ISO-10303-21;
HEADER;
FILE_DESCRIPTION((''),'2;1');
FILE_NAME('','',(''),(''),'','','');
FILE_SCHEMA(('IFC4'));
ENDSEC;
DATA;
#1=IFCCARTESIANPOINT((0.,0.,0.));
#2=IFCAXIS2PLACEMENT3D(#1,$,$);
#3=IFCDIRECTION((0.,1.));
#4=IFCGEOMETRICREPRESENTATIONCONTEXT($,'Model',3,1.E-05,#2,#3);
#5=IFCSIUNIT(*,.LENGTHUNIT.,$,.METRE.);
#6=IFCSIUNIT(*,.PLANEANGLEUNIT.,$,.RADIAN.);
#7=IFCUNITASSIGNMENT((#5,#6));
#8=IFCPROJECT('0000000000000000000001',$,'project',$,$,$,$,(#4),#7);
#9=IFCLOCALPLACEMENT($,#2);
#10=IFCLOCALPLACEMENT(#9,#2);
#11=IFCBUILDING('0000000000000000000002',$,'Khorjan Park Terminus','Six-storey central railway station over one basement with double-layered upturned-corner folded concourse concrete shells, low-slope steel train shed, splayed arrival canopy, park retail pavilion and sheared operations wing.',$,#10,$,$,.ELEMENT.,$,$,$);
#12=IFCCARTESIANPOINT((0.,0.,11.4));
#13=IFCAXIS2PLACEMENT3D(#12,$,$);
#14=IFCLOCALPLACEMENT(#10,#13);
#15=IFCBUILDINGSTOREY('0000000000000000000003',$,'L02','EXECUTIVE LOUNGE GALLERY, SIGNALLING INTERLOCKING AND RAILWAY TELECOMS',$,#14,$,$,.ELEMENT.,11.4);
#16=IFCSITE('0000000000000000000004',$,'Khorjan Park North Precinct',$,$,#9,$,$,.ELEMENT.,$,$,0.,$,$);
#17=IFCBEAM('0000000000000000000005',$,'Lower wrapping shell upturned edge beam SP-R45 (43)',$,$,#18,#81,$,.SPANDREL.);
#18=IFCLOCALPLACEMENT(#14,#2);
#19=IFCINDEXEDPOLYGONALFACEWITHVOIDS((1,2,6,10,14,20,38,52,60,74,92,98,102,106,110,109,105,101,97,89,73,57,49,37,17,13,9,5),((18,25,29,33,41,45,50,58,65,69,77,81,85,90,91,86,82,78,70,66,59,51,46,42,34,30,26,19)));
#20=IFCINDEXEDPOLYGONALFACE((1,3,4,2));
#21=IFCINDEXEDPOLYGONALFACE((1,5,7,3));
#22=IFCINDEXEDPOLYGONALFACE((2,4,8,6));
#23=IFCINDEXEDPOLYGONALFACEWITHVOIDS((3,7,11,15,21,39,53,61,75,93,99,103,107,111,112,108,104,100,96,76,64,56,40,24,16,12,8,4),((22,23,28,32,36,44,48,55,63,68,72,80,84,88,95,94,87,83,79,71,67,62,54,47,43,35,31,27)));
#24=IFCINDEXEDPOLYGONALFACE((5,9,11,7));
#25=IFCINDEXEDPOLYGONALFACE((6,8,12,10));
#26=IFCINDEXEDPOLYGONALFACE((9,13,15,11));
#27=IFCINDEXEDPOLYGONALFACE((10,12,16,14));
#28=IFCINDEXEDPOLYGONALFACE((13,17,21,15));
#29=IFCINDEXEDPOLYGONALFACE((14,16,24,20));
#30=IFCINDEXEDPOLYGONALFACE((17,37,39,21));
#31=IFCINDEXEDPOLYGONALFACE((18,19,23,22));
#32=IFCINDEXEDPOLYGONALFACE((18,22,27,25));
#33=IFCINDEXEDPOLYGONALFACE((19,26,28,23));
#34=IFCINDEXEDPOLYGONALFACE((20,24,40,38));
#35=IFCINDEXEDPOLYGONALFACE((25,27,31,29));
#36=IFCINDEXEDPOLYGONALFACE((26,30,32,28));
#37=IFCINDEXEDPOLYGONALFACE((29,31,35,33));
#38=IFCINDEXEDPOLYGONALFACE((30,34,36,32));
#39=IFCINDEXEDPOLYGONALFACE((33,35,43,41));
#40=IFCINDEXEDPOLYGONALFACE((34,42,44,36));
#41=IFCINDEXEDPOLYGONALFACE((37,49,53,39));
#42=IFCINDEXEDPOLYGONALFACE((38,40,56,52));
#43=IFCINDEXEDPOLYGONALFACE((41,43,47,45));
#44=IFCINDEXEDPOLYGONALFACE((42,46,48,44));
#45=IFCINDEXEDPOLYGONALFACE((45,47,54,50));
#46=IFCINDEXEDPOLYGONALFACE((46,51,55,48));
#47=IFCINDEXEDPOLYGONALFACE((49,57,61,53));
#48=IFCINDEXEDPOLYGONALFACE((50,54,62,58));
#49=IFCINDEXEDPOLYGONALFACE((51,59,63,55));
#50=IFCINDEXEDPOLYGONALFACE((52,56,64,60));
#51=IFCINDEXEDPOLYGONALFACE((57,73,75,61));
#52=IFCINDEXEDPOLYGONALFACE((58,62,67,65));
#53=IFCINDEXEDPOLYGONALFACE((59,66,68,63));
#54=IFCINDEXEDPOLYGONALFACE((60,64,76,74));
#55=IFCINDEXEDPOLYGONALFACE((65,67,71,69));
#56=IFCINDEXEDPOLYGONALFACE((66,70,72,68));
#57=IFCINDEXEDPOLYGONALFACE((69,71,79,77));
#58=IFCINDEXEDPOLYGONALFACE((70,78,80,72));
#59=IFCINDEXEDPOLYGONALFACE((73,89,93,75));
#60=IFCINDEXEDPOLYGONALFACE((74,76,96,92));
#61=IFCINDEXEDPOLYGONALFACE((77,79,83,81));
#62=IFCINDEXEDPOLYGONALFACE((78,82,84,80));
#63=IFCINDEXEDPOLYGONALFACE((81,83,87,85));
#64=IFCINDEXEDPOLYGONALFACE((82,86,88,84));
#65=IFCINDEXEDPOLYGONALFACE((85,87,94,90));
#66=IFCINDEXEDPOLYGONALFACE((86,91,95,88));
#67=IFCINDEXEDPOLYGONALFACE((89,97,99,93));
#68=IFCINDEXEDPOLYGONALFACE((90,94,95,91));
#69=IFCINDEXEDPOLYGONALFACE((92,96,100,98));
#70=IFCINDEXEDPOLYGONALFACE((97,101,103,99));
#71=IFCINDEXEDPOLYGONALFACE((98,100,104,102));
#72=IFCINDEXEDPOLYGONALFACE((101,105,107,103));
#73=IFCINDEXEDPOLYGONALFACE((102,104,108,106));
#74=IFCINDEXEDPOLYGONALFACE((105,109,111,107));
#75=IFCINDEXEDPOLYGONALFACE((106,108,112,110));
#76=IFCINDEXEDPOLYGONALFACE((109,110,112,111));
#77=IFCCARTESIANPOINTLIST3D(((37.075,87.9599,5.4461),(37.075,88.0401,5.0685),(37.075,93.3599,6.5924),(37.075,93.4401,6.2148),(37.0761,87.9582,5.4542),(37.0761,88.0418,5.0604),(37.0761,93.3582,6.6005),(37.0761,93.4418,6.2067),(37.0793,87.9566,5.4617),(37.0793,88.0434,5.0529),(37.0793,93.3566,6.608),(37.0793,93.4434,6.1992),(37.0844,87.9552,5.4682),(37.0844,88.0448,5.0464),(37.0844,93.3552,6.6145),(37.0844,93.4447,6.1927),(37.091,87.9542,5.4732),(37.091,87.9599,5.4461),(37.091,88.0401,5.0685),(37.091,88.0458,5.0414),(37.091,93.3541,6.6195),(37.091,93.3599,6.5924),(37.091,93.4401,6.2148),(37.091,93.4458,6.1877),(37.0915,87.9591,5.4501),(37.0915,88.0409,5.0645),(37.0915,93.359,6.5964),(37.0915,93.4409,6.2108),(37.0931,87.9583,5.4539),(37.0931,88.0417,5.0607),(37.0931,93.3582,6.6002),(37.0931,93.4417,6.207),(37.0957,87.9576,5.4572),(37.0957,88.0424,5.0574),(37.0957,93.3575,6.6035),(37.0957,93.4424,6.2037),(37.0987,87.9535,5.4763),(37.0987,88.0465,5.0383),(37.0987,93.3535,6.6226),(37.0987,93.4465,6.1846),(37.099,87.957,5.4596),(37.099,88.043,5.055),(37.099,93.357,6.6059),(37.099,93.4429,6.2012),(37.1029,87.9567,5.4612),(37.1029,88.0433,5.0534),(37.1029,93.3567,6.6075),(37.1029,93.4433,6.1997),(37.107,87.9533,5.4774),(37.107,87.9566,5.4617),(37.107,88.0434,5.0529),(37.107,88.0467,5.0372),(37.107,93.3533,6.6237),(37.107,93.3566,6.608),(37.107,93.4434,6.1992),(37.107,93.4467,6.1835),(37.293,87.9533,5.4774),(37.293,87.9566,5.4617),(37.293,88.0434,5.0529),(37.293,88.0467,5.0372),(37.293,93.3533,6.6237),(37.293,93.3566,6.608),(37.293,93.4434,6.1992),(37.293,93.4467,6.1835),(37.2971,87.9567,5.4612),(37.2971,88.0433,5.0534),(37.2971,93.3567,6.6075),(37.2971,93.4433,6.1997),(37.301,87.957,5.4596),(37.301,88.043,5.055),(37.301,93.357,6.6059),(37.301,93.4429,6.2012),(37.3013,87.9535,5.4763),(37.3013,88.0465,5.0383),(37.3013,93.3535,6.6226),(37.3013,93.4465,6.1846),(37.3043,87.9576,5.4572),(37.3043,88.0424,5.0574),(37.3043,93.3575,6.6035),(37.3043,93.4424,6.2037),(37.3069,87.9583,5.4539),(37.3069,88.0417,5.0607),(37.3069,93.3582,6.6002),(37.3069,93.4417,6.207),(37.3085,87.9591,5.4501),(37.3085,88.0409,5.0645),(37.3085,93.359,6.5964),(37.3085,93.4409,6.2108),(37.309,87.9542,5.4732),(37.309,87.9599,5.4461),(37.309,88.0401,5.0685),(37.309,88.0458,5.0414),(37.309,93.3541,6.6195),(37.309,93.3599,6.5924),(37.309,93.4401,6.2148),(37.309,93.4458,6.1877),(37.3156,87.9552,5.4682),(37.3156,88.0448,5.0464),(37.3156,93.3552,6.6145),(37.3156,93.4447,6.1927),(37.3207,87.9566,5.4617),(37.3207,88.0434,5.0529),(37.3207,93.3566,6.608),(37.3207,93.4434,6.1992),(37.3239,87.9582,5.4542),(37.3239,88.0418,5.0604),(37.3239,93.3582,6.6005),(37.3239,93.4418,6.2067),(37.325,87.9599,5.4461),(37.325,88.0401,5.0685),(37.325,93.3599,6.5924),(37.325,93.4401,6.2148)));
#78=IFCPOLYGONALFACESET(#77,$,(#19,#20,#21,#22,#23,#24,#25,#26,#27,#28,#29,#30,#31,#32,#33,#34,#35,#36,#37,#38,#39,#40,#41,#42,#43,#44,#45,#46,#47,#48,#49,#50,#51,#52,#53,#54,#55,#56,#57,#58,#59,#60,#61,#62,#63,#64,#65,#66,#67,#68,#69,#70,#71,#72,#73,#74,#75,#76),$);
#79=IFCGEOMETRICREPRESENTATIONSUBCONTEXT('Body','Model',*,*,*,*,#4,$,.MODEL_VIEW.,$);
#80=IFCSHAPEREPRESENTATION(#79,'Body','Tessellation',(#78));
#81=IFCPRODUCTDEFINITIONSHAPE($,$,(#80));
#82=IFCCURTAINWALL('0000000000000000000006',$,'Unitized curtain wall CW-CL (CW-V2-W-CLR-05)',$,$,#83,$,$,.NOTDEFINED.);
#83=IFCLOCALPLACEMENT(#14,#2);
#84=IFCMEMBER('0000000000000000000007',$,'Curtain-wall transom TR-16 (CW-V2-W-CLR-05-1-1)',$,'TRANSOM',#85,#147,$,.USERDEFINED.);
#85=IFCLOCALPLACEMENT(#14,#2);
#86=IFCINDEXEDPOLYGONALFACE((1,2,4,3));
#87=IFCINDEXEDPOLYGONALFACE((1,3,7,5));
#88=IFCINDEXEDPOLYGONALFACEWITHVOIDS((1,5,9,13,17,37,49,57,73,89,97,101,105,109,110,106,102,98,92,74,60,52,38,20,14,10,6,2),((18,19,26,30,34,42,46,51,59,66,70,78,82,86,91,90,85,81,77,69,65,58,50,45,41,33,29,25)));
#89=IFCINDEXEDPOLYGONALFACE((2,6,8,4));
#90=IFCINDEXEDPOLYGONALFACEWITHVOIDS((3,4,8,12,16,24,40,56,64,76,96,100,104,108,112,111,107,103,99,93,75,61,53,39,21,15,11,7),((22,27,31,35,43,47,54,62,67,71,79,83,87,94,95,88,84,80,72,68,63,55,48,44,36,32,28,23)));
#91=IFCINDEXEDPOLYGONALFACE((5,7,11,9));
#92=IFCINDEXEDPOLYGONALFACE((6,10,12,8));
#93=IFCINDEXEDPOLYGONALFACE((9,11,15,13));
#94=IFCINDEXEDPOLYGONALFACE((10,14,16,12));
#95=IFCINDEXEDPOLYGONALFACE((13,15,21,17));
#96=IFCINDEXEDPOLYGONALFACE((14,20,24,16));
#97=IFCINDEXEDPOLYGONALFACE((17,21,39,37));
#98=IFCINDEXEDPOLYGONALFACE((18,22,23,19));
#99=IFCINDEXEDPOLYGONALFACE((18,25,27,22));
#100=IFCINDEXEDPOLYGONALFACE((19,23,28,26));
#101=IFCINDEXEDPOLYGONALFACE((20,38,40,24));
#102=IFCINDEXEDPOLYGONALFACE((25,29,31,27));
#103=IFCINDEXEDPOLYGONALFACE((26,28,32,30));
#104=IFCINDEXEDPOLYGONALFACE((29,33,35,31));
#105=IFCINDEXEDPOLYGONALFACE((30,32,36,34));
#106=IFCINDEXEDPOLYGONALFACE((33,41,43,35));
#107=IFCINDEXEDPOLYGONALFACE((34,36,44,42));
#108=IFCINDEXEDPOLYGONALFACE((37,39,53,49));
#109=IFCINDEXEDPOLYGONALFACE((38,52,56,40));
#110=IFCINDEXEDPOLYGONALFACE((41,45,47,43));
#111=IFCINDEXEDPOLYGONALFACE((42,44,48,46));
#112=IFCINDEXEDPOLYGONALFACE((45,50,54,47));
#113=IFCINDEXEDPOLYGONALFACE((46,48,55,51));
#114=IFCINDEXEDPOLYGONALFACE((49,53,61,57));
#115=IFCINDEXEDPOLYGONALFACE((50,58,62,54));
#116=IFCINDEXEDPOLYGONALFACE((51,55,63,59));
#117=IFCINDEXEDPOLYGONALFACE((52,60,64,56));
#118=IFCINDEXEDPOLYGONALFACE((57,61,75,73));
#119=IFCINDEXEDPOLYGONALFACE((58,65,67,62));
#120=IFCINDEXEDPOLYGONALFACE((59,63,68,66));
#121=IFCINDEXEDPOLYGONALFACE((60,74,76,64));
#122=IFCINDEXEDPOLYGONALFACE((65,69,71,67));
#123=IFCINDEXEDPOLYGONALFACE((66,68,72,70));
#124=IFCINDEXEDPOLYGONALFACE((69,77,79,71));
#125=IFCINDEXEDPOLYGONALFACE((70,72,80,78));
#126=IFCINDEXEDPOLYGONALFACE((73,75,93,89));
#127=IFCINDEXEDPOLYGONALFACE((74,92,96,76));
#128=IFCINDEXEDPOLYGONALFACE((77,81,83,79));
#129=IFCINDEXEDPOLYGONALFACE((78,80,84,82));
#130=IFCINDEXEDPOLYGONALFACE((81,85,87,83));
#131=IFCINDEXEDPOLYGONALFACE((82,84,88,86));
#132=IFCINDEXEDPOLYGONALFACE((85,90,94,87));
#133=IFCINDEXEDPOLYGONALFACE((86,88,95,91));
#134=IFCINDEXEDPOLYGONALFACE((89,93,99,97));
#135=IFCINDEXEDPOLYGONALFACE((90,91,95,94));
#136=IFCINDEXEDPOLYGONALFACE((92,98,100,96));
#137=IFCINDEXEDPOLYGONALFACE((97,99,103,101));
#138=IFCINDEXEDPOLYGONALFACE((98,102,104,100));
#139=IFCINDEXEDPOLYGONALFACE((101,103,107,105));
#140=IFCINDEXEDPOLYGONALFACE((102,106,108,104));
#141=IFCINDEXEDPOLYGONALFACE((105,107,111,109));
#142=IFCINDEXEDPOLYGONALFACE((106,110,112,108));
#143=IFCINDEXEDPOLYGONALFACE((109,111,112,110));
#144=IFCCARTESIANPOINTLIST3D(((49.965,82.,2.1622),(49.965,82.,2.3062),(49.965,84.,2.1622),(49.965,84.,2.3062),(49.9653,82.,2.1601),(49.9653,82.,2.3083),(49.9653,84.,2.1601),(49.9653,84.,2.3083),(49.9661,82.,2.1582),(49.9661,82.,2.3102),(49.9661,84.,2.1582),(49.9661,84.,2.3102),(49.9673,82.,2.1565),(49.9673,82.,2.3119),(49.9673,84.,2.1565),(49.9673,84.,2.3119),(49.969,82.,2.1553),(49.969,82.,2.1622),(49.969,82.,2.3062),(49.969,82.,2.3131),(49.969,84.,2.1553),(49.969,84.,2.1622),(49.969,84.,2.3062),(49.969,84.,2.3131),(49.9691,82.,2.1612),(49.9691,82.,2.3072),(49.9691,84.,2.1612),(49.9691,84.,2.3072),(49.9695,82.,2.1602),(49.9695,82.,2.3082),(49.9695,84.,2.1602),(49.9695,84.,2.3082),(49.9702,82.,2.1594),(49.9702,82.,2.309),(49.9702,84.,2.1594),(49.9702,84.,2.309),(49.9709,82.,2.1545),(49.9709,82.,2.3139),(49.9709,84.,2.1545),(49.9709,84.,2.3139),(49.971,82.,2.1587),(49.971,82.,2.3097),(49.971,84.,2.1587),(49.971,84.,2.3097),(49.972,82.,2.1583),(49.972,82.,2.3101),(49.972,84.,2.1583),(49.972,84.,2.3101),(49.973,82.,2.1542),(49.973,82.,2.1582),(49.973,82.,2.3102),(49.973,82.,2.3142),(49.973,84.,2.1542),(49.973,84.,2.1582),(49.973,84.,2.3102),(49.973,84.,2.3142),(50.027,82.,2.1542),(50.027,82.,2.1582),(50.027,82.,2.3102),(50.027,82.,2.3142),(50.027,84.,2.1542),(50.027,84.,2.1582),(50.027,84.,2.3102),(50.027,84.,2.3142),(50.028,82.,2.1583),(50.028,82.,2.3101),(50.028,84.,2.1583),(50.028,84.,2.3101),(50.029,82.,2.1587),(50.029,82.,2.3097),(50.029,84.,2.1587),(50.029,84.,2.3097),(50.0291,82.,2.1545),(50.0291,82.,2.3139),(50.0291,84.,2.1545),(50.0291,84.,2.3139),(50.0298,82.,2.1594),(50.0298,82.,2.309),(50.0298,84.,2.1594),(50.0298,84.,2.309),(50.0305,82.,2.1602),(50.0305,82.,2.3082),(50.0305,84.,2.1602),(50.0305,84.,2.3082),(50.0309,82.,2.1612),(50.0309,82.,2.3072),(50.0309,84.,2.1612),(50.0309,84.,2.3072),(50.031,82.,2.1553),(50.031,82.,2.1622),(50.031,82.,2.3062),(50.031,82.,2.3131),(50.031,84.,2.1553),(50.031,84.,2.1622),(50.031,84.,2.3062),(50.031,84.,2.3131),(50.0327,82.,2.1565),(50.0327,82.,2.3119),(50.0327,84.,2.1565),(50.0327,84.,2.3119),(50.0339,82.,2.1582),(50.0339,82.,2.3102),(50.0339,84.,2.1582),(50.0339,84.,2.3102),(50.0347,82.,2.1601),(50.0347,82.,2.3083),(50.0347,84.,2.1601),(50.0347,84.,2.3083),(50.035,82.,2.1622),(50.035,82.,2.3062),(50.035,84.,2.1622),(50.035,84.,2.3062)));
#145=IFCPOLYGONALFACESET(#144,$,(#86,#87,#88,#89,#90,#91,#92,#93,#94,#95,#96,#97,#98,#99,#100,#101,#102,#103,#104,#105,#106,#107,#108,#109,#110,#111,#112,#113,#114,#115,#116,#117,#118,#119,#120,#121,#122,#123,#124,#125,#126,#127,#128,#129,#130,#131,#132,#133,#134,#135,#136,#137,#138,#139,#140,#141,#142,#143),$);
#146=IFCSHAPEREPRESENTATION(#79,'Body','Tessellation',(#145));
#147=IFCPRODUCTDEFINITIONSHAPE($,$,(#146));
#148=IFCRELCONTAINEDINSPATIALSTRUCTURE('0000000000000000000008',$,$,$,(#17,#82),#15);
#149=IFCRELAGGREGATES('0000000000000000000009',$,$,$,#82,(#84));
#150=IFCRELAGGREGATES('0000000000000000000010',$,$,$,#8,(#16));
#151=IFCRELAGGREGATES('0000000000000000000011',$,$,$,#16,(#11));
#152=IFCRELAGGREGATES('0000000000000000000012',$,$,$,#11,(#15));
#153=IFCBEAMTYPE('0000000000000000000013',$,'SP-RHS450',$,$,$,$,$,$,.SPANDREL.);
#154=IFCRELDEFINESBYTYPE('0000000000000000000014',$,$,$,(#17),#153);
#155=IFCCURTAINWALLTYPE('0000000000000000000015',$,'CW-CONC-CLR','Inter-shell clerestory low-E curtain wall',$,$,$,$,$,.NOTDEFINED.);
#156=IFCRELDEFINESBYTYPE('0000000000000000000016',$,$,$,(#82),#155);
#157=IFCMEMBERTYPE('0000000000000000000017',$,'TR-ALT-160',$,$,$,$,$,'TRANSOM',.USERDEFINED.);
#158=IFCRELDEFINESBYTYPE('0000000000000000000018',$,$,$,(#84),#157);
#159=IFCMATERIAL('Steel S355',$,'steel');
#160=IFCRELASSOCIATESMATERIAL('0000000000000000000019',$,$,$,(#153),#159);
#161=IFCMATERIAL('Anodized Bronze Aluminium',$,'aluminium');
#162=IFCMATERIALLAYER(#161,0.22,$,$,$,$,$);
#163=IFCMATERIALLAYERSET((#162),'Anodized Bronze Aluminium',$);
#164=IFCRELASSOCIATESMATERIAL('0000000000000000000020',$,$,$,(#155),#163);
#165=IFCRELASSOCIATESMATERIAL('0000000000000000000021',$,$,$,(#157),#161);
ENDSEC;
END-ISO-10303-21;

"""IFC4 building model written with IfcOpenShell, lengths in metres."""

from ifc_helpers import new_model, si_unit, direction, frame, origin, origin_2d, place, context, subcontext, project, spatial, hollow_rectangle, extrude, material, layer, layer_set, material_profile, profile_set, type_object, element, aggregate, save


model = new_model("IFC4")

# Units and contexts
model_context = context("Model", 3, precision=1e-05, world=origin(), true_north=direction((0.0, 1.0)))
body_context = subcontext(model_context, "Body", "Model", "MODEL_VIEW")
ifc_project = project(units=[si_unit("LENGTHUNIT", "METRE"), si_unit("PLANEANGLEUNIT", "RADIAN")], contexts=[model_context])

# Site, building, storey
site_placement = place(None, origin())
site = spatial("IfcSite", under=ifc_project, at=site_placement, Name="Khorjan Park North Precinct", CompositionType="ELEMENT", RefElevation=0.0)
building_placement = place(site_placement, origin())
building = spatial("IfcBuilding", under=site, at=building_placement, Name="Khorjan Park Terminus", Description="Six-storey central railway station over one basement with double-layered upturned-corner folded concourse concrete shells, low-slope steel train shed, splayed arrival canopy, park retail pavilion and sheared operations wing.", CompositionType="ELEMENT")
storey_placement = place(building_placement, frame((0.0, 0.0, 11.4)))
storey = spatial("IfcBuildingStorey", under=building, at=storey_placement, Name="L02", Description="EXECUTIVE LOUNGE GALLERY, SIGNALLING INTERLOCKING AND RAILWAY TELECOMS", CompositionType="ELEMENT", Elevation=11.4)

# Shared definitions
ifc_material_1 = material(Name="Steel S355", Category="steel")

# Beam
ifc_material_profile_1 = material_profile(ifc_material_1, hollow_rectangle(XDim=0.25, YDim=0.45, WallThickness=0.016, InnerFilletRadius=0.016, OuterFilletRadius=0.032, at=origin_2d()), Name="RHS 450x250x16")
ifc_profile_set_1 = profile_set([ifc_material_profile_1], Name="Steel S355")
beam_type = type_object("IfcBeamType", Name="SP-RHS450", PredefinedType="SPANDREL", material=ifc_profile_set_1)
beam_1_placement = place(storey_placement, frame((37.2, 88.0, 5.2573), z_axis=(0.0, 0.978203, 0.207651), x_axis=(-1.0, 0.0, 0.0)))
element("IfcBeam", 1, at=beam_1_placement, inside=storey, type_object=beam_type, Name="Lower wrapping shell upturned edge beam SP-R45 (43)", PredefinedType="SPANDREL", context=body_context, shape_type="SweptSolid", body=[
    extrude(hollow_rectangle(XDim=0.25, YDim=0.45, WallThickness=0.016, InnerFilletRadius=0.016, OuterFilletRadius=0.032, at=origin_2d()), origin(), (0.0, 0.0, 1.0), 5.5203),
])

# Curtain wall, member
ifc_material_2 = material(Name="Anodized Bronze Aluminium", Category="aluminium")
ifc_layer_1 = layer(ifc_material_2, 0.22)
ifc_layer_set_1 = layer_set([ifc_layer_1], Name="Anodized Bronze Aluminium")
curtain_wall_type = type_object("IfcCurtainWallType", Name="CW-CONC-CLR", Description="Inter-shell clerestory low-E curtain wall", PredefinedType="NOTDEFINED", material=ifc_layer_set_1)
curtain_wall_placement = place(storey_placement, origin())
curtain_wall = element("IfcCurtainWall", 2, at=curtain_wall_placement, inside=storey, type_object=curtain_wall_type, Name="Unitized curtain wall CW-CL (CW-V2-W-CLR-05)", PredefinedType="NOTDEFINED")
ifc_material_profile_2 = material_profile(ifc_material_2, hollow_rectangle(XDim=0.07, YDim=0.16, WallThickness=0.004, InnerFilletRadius=0.004, OuterFilletRadius=0.008, at=origin_2d()), Name="ALT 70x160x4")
ifc_profile_set_2 = profile_set([ifc_material_profile_2], Name="Anodized Bronze Aluminium")
member_type_1 = type_object("IfcMemberType", Name="TR-ALT-160", ElementType="TRANSOM", PredefinedType="USERDEFINED", material=ifc_profile_set_2)
member_1_placement = place(storey_placement, frame((50.0, 84.0, 2.2342), z_axis=(0.0, -1.0, 0.0), x_axis=(1.0, 0.0, 0.0)))
member_1 = element("IfcMember", 3, at=member_1_placement, type_object=member_type_1, Name="Curtain-wall transom TR-16 (CW-V2-W-CLR-05-1-1)", ObjectType="TRANSOM", PredefinedType="USERDEFINED", context=body_context, shape_type="SweptSolid", body=[
    extrude(hollow_rectangle(XDim=0.07, YDim=0.16, WallThickness=0.004, InnerFilletRadius=0.004, OuterFilletRadius=0.008, at=origin_2d()), origin(), (0.0, 0.0, 1.0), 2.0),
])
aggregate(curtain_wall, [member_1])

save(model, "model.ifc")
